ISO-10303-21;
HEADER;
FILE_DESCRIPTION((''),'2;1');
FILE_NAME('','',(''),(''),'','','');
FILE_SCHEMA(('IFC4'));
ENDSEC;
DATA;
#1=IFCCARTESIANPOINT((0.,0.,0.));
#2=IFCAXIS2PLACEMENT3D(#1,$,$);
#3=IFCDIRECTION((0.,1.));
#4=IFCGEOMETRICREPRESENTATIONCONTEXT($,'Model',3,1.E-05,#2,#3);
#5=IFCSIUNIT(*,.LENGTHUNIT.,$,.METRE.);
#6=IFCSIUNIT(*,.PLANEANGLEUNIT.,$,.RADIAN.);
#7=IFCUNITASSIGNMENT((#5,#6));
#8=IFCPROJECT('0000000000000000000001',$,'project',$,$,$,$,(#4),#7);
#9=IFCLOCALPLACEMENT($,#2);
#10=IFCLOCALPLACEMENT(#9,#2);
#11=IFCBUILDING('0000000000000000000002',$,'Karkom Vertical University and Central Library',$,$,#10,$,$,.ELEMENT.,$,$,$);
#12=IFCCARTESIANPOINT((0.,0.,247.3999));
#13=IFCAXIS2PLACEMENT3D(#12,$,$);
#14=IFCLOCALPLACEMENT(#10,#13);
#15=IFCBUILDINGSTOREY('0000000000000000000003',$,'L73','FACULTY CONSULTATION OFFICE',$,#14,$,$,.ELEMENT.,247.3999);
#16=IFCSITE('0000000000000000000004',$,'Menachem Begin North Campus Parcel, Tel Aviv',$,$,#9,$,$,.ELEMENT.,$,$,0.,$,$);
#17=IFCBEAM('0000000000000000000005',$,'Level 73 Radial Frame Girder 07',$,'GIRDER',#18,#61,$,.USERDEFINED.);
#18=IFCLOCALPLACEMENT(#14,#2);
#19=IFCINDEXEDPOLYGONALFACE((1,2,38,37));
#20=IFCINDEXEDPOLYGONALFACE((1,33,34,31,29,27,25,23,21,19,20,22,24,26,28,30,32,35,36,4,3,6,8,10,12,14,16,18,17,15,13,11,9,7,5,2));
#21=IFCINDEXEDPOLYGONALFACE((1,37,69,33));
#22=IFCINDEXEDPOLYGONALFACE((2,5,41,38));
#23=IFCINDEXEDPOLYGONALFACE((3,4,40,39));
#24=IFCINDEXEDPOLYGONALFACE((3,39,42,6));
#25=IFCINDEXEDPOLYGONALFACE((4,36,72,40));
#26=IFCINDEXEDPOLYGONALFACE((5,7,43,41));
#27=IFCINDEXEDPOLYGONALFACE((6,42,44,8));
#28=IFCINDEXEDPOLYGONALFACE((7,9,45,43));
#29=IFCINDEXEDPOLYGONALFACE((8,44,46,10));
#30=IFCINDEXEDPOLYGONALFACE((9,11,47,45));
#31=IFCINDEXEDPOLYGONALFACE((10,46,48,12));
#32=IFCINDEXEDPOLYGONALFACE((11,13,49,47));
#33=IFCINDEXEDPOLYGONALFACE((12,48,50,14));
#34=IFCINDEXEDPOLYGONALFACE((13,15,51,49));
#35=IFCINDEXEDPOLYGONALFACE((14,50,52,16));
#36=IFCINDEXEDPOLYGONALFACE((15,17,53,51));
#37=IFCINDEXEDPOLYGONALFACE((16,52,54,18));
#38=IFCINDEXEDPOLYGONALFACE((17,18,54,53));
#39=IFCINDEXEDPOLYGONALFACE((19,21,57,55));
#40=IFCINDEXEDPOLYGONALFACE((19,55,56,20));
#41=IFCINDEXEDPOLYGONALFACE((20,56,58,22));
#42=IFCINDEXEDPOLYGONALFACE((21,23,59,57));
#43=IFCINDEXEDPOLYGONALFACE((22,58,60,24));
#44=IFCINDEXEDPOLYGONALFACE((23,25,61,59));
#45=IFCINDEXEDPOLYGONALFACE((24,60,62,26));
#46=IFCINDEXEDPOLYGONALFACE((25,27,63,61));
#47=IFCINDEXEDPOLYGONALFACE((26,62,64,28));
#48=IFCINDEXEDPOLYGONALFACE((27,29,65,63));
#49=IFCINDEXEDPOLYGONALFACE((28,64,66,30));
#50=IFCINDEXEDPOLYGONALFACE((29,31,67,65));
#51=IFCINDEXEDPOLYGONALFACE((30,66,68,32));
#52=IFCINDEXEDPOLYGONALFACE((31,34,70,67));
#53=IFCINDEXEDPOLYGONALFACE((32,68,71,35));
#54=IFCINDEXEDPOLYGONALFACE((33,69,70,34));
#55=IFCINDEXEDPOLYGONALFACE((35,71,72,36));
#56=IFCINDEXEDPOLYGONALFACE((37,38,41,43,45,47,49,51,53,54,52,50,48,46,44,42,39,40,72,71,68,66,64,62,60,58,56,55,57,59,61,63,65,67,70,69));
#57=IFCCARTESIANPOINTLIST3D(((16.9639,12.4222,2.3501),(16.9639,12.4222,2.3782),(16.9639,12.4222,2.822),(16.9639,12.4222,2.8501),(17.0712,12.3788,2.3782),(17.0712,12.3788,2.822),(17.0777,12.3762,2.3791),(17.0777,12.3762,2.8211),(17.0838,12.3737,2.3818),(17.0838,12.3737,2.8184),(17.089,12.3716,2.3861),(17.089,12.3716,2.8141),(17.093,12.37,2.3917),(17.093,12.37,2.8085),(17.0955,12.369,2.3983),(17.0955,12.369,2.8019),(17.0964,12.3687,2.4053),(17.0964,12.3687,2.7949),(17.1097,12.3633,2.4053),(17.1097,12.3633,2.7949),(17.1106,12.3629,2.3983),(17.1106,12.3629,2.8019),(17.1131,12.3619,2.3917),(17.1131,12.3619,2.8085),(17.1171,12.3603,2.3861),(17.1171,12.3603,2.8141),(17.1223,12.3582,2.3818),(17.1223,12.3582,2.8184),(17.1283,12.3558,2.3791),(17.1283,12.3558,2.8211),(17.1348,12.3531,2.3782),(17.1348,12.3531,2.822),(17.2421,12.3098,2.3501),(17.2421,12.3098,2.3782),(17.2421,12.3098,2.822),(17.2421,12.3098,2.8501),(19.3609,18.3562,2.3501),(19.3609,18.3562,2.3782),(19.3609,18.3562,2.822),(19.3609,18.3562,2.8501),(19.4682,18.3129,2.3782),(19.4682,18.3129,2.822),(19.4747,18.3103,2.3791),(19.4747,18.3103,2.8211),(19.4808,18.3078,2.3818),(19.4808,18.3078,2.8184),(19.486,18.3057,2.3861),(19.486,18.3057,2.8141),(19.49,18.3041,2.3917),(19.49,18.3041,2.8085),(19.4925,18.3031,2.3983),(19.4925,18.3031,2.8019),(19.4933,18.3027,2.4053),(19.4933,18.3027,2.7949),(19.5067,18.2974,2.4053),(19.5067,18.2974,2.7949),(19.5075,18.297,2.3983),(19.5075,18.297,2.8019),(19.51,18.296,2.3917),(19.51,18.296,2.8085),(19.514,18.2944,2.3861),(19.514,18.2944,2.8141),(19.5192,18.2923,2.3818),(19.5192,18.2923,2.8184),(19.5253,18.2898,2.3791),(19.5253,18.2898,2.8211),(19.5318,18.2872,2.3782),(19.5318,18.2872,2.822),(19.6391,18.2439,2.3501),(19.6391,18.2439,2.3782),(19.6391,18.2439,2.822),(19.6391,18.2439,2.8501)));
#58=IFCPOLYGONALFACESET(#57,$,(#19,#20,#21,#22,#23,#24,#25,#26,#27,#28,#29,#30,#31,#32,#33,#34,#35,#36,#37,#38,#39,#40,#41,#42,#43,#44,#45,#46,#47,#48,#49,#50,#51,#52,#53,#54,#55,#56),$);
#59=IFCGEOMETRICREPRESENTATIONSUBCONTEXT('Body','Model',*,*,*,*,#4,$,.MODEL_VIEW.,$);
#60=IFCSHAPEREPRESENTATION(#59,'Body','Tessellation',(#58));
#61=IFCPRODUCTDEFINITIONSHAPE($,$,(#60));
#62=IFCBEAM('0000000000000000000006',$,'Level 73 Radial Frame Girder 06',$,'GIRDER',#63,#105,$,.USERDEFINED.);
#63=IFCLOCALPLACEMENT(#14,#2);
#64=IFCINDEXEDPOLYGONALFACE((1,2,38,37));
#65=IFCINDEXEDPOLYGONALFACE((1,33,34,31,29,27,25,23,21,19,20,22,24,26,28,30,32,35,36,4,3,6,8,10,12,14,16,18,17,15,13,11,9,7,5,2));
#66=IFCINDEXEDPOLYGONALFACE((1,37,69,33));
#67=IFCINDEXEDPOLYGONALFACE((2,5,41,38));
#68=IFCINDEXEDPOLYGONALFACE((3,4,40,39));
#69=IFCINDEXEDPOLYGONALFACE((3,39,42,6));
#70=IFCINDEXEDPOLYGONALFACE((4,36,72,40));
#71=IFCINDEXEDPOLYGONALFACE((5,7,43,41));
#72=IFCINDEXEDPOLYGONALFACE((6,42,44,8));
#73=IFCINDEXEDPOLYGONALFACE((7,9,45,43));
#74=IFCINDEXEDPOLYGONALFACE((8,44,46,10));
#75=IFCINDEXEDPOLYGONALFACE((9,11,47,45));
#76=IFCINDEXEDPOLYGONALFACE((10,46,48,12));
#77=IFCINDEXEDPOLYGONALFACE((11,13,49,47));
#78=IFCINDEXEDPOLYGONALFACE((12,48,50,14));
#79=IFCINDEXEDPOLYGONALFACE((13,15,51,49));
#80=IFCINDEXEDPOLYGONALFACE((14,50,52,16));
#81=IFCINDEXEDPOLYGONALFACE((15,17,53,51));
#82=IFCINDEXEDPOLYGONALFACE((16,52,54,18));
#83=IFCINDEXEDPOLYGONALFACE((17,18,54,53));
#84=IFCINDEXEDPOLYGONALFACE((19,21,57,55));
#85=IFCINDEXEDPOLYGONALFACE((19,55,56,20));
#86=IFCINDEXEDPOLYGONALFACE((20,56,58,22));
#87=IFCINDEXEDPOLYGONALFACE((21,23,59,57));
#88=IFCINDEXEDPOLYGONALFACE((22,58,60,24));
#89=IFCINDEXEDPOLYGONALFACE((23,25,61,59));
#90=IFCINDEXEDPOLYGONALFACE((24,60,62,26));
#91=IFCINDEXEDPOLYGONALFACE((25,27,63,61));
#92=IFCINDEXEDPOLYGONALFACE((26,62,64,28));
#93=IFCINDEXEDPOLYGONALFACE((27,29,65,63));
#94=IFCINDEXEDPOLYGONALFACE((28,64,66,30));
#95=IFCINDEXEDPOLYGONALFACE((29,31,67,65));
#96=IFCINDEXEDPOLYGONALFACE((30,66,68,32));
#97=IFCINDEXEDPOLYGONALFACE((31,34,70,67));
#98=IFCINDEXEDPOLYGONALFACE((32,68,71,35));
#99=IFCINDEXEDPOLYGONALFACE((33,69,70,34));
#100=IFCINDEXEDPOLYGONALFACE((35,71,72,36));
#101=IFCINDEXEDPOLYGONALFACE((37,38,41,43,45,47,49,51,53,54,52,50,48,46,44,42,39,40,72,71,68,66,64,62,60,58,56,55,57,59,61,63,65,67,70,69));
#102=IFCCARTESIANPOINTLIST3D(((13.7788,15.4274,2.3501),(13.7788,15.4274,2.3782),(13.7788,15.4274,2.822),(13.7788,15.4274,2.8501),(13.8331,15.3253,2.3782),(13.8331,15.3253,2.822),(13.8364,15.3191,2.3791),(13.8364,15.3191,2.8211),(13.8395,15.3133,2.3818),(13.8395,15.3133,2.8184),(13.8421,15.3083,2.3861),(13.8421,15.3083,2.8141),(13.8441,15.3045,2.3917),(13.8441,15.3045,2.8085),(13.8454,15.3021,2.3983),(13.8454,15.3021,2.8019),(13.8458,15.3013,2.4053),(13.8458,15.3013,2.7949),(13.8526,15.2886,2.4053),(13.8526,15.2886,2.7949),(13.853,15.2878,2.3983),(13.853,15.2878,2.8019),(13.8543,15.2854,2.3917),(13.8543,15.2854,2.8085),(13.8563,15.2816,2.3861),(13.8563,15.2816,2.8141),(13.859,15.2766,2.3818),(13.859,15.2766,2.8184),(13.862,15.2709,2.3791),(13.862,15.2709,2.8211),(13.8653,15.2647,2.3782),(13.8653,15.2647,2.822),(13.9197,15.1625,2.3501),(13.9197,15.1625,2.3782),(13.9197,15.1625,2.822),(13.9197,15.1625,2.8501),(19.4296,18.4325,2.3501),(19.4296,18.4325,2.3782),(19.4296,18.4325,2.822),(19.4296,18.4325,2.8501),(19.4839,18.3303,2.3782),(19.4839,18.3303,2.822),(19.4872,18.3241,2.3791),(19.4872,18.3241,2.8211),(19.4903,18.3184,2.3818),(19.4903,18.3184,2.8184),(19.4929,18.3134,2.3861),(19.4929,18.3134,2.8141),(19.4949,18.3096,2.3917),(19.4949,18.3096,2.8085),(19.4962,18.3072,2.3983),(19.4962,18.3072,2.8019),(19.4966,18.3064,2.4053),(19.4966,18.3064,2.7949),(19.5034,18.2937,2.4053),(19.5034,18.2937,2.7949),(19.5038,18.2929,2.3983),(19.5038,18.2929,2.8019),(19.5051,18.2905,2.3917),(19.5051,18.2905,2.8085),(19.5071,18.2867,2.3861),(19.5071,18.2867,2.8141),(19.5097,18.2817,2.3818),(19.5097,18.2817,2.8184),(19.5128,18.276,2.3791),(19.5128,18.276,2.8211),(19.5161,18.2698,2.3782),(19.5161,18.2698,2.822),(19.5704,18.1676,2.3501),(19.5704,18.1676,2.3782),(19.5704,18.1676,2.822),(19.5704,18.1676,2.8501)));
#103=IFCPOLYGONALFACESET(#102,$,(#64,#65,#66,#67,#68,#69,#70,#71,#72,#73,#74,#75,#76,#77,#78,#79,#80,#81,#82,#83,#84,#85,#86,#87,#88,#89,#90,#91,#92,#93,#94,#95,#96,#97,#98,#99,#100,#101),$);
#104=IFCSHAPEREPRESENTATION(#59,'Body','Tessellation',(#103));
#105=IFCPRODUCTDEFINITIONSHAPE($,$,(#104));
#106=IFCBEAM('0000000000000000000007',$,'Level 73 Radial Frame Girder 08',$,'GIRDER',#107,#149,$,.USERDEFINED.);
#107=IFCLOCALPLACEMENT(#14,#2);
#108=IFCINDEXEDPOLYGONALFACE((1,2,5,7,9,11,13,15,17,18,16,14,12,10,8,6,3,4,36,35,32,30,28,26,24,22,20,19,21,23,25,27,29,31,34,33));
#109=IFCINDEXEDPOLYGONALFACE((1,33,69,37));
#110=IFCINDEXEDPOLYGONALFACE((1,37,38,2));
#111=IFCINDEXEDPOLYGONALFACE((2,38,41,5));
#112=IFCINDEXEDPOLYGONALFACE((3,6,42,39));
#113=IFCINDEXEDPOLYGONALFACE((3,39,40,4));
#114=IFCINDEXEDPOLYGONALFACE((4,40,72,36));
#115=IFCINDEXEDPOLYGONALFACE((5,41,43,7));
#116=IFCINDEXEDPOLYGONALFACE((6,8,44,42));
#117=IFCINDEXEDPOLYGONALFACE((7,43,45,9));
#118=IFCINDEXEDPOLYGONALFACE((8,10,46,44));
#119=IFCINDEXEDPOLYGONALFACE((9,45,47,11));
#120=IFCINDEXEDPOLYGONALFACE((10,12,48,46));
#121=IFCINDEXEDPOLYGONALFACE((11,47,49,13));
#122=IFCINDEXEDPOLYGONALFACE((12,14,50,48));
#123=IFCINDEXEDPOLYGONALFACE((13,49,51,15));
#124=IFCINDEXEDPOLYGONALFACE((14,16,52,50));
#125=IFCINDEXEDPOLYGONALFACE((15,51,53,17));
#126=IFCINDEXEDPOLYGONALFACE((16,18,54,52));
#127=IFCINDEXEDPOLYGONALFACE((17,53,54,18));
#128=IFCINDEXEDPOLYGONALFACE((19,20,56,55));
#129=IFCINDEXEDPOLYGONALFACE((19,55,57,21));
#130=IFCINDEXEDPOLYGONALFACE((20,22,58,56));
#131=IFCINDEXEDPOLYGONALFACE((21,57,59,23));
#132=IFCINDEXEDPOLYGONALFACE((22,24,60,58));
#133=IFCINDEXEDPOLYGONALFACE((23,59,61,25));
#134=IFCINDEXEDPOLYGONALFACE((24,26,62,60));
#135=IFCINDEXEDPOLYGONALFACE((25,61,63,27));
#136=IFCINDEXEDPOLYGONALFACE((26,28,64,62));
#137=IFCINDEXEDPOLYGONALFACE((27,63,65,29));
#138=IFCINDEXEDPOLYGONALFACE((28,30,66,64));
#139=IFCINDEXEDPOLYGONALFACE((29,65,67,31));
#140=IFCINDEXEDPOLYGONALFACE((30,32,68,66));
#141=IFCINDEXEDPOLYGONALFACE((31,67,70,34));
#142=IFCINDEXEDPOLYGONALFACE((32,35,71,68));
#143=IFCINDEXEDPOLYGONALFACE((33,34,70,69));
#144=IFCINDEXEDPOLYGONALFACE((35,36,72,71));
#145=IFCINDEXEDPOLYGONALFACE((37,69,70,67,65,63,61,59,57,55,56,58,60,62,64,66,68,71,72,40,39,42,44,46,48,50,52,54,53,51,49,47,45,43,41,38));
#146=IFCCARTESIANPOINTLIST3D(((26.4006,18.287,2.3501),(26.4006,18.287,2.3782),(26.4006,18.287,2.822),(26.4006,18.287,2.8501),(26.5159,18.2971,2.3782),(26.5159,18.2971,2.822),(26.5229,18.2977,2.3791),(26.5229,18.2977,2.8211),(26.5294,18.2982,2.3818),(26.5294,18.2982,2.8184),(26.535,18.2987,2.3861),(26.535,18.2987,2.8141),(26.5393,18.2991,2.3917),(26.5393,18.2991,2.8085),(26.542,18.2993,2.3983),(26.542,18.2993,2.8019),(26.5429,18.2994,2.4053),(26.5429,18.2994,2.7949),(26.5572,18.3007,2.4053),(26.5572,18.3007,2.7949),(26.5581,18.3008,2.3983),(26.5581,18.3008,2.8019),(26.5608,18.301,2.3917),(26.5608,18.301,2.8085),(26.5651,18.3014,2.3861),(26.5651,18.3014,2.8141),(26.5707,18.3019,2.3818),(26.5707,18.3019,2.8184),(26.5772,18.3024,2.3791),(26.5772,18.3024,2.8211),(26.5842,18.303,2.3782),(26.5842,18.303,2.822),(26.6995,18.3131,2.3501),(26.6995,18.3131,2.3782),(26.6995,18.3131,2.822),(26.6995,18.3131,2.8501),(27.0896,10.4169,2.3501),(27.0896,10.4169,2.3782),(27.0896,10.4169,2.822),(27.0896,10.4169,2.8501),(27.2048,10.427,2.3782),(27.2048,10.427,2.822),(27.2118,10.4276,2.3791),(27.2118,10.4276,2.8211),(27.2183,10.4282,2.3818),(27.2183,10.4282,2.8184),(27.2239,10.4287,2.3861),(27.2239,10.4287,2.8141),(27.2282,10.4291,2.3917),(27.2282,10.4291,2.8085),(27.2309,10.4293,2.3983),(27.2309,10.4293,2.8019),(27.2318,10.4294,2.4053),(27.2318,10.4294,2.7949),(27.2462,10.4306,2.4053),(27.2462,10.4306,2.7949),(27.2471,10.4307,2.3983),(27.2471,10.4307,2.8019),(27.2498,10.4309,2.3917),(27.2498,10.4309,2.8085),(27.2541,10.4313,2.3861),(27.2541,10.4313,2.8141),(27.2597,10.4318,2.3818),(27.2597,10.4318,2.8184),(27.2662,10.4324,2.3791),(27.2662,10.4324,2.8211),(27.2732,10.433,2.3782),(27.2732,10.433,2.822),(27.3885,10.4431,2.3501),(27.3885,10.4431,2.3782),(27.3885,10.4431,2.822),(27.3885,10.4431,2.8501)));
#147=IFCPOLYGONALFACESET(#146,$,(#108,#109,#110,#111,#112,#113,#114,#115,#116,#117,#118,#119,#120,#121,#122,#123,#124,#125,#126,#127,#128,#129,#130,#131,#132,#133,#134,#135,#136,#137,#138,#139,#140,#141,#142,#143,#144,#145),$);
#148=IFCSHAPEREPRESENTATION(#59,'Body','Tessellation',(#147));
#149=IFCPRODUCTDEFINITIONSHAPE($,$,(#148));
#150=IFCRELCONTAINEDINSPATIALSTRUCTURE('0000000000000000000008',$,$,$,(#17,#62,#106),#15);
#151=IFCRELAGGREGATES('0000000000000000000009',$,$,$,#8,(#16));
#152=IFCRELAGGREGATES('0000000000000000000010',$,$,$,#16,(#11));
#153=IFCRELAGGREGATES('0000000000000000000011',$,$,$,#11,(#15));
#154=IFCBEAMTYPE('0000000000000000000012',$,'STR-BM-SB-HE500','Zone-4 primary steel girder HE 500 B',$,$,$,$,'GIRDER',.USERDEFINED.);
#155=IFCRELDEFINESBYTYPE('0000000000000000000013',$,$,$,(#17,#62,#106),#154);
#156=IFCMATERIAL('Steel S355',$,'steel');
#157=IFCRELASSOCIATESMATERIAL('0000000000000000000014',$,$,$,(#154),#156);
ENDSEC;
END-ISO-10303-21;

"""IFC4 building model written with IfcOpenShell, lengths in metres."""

from ifc_helpers import new_model, si_unit, direction, frame, origin, origin_with_axes, origin_2d, place, context, subcontext, project, spatial, i_section, extrude, source, transform, mapped, material, material_profile, profile_set, type_object, element, save


model = new_model("IFC4")

# Units and contexts
model_context = context("Model", 3, precision=1e-05, world=origin(), true_north=direction((0.0, 1.0)))
body_context = subcontext(model_context, "Body", "Model", "MODEL_VIEW")
ifc_project = project(units=[si_unit("LENGTHUNIT", "METRE"), si_unit("PLANEANGLEUNIT", "RADIAN")], contexts=[model_context])

# Site, building, storey
site_placement = place(None, origin())
site = spatial("IfcSite", under=ifc_project, at=site_placement, Name="Menachem Begin North Campus Parcel, Tel Aviv", CompositionType="ELEMENT", RefElevation=0.0)
building_placement = place(site_placement, origin())
building = spatial("IfcBuilding", under=site, at=building_placement, Name="Karkom Vertical University and Central Library", CompositionType="ELEMENT")
storey_placement = place(building_placement, frame((0.0, 0.0, 247.3999)))
storey = spatial("IfcBuildingStorey", under=building, at=storey_placement, Name="L73", Description="FACULTY CONSULTATION OFFICE", CompositionType="ELEMENT", Elevation=247.3999)

# Beams
ifc_material_1 = material(Name="Steel S355", Category="steel")
ifc_material_profile_1 = material_profile(ifc_material_1, i_section(OverallWidth=0.3, OverallDepth=0.5, WebThickness=0.0144, FlangeThickness=0.0281, FilletRadius=0.0271, at=origin_2d()), Name="HE 500 B")
ifc_profile_set_1 = profile_set([ifc_material_profile_1], Name="Steel S355")
beam_type_1 = type_object("IfcBeamType", Name="STR-BM-SB-HE500", Description="Zone-4 primary steel girder HE 500 B", ElementType="GIRDER", PredefinedType="USERDEFINED", material=ifc_profile_set_1)
shared_shape_1 = source(origin_with_axes(), body_context, "Body", "SweptSolid", [
    extrude(i_section(OverallWidth=0.3, OverallDepth=0.5, WebThickness=0.0144, FlangeThickness=0.0281, FilletRadius=0.0271, at=origin_2d()), origin(), (0.0, 0.0, 1.0), 6.3999),
])
beam_1_placement = place(storey_placement, frame((19.5, 18.3, 2.6001), z_axis=(-0.374532, -0.927214, 0.0), x_axis=(0.927214, -0.374532, 0.0)))
element("IfcBeam", 1, at=beam_1_placement, inside=storey, type_object=beam_type_1, Name="Level 73 Radial Frame Girder 07", ObjectType="GIRDER", PredefinedType="USERDEFINED", context=body_context, shape_type="MappedRepresentation", body=[
    mapped(shared_shape_1, transform((0.0, 0.0, 0.0), scale=1.0)),
])
shared_shape_2 = source(origin_with_axes(), body_context, "Body", "SweptSolid", [
    extrude(i_section(OverallWidth=0.3, OverallDepth=0.5, WebThickness=0.0144, FlangeThickness=0.0281, FilletRadius=0.0271, at=origin_2d()), origin(), (0.0, 0.0, 1.0), 6.4001),
])
beam_2_placement = place(storey_placement, frame((19.5, 18.3, 2.6001), z_axis=(-0.882915, -0.469533, 0.0), x_axis=(0.469533, -0.882915, 0.0)))
element("IfcBeam", 2, at=beam_2_placement, inside=storey, type_object=beam_type_1, Name="Level 73 Radial Frame Girder 06", ObjectType="GIRDER", PredefinedType="USERDEFINED", context=body_context, shape_type="MappedRepresentation", body=[
    mapped(shared_shape_2, transform((0.0, 0.0, 0.0), scale=1.0)),
])
shared_shape_3 = source(origin_with_axes(), body_context, "Body", "SweptSolid", [
    extrude(i_section(OverallWidth=0.3, OverallDepth=0.5, WebThickness=0.0144, FlangeThickness=0.0281, FilletRadius=0.0271, at=origin_2d()), origin(), (0.0, 0.0, 1.0), 7.9001),
])
beam_3_placement = place(storey_placement, frame((26.55, 18.3, 2.6001), z_axis=(0.087208, -0.99619, 0.0), x_axis=(0.99619, 0.087208, 0.0)))
element("IfcBeam", 3, at=beam_3_placement, inside=storey, type_object=beam_type_1, Name="Level 73 Radial Frame Girder 08", ObjectType="GIRDER", PredefinedType="USERDEFINED", context=body_context, shape_type="MappedRepresentation", body=[
    mapped(shared_shape_3, transform((0.0, 0.0, 0.0), scale=1.0)),
])

save(model, "model.ifc")
